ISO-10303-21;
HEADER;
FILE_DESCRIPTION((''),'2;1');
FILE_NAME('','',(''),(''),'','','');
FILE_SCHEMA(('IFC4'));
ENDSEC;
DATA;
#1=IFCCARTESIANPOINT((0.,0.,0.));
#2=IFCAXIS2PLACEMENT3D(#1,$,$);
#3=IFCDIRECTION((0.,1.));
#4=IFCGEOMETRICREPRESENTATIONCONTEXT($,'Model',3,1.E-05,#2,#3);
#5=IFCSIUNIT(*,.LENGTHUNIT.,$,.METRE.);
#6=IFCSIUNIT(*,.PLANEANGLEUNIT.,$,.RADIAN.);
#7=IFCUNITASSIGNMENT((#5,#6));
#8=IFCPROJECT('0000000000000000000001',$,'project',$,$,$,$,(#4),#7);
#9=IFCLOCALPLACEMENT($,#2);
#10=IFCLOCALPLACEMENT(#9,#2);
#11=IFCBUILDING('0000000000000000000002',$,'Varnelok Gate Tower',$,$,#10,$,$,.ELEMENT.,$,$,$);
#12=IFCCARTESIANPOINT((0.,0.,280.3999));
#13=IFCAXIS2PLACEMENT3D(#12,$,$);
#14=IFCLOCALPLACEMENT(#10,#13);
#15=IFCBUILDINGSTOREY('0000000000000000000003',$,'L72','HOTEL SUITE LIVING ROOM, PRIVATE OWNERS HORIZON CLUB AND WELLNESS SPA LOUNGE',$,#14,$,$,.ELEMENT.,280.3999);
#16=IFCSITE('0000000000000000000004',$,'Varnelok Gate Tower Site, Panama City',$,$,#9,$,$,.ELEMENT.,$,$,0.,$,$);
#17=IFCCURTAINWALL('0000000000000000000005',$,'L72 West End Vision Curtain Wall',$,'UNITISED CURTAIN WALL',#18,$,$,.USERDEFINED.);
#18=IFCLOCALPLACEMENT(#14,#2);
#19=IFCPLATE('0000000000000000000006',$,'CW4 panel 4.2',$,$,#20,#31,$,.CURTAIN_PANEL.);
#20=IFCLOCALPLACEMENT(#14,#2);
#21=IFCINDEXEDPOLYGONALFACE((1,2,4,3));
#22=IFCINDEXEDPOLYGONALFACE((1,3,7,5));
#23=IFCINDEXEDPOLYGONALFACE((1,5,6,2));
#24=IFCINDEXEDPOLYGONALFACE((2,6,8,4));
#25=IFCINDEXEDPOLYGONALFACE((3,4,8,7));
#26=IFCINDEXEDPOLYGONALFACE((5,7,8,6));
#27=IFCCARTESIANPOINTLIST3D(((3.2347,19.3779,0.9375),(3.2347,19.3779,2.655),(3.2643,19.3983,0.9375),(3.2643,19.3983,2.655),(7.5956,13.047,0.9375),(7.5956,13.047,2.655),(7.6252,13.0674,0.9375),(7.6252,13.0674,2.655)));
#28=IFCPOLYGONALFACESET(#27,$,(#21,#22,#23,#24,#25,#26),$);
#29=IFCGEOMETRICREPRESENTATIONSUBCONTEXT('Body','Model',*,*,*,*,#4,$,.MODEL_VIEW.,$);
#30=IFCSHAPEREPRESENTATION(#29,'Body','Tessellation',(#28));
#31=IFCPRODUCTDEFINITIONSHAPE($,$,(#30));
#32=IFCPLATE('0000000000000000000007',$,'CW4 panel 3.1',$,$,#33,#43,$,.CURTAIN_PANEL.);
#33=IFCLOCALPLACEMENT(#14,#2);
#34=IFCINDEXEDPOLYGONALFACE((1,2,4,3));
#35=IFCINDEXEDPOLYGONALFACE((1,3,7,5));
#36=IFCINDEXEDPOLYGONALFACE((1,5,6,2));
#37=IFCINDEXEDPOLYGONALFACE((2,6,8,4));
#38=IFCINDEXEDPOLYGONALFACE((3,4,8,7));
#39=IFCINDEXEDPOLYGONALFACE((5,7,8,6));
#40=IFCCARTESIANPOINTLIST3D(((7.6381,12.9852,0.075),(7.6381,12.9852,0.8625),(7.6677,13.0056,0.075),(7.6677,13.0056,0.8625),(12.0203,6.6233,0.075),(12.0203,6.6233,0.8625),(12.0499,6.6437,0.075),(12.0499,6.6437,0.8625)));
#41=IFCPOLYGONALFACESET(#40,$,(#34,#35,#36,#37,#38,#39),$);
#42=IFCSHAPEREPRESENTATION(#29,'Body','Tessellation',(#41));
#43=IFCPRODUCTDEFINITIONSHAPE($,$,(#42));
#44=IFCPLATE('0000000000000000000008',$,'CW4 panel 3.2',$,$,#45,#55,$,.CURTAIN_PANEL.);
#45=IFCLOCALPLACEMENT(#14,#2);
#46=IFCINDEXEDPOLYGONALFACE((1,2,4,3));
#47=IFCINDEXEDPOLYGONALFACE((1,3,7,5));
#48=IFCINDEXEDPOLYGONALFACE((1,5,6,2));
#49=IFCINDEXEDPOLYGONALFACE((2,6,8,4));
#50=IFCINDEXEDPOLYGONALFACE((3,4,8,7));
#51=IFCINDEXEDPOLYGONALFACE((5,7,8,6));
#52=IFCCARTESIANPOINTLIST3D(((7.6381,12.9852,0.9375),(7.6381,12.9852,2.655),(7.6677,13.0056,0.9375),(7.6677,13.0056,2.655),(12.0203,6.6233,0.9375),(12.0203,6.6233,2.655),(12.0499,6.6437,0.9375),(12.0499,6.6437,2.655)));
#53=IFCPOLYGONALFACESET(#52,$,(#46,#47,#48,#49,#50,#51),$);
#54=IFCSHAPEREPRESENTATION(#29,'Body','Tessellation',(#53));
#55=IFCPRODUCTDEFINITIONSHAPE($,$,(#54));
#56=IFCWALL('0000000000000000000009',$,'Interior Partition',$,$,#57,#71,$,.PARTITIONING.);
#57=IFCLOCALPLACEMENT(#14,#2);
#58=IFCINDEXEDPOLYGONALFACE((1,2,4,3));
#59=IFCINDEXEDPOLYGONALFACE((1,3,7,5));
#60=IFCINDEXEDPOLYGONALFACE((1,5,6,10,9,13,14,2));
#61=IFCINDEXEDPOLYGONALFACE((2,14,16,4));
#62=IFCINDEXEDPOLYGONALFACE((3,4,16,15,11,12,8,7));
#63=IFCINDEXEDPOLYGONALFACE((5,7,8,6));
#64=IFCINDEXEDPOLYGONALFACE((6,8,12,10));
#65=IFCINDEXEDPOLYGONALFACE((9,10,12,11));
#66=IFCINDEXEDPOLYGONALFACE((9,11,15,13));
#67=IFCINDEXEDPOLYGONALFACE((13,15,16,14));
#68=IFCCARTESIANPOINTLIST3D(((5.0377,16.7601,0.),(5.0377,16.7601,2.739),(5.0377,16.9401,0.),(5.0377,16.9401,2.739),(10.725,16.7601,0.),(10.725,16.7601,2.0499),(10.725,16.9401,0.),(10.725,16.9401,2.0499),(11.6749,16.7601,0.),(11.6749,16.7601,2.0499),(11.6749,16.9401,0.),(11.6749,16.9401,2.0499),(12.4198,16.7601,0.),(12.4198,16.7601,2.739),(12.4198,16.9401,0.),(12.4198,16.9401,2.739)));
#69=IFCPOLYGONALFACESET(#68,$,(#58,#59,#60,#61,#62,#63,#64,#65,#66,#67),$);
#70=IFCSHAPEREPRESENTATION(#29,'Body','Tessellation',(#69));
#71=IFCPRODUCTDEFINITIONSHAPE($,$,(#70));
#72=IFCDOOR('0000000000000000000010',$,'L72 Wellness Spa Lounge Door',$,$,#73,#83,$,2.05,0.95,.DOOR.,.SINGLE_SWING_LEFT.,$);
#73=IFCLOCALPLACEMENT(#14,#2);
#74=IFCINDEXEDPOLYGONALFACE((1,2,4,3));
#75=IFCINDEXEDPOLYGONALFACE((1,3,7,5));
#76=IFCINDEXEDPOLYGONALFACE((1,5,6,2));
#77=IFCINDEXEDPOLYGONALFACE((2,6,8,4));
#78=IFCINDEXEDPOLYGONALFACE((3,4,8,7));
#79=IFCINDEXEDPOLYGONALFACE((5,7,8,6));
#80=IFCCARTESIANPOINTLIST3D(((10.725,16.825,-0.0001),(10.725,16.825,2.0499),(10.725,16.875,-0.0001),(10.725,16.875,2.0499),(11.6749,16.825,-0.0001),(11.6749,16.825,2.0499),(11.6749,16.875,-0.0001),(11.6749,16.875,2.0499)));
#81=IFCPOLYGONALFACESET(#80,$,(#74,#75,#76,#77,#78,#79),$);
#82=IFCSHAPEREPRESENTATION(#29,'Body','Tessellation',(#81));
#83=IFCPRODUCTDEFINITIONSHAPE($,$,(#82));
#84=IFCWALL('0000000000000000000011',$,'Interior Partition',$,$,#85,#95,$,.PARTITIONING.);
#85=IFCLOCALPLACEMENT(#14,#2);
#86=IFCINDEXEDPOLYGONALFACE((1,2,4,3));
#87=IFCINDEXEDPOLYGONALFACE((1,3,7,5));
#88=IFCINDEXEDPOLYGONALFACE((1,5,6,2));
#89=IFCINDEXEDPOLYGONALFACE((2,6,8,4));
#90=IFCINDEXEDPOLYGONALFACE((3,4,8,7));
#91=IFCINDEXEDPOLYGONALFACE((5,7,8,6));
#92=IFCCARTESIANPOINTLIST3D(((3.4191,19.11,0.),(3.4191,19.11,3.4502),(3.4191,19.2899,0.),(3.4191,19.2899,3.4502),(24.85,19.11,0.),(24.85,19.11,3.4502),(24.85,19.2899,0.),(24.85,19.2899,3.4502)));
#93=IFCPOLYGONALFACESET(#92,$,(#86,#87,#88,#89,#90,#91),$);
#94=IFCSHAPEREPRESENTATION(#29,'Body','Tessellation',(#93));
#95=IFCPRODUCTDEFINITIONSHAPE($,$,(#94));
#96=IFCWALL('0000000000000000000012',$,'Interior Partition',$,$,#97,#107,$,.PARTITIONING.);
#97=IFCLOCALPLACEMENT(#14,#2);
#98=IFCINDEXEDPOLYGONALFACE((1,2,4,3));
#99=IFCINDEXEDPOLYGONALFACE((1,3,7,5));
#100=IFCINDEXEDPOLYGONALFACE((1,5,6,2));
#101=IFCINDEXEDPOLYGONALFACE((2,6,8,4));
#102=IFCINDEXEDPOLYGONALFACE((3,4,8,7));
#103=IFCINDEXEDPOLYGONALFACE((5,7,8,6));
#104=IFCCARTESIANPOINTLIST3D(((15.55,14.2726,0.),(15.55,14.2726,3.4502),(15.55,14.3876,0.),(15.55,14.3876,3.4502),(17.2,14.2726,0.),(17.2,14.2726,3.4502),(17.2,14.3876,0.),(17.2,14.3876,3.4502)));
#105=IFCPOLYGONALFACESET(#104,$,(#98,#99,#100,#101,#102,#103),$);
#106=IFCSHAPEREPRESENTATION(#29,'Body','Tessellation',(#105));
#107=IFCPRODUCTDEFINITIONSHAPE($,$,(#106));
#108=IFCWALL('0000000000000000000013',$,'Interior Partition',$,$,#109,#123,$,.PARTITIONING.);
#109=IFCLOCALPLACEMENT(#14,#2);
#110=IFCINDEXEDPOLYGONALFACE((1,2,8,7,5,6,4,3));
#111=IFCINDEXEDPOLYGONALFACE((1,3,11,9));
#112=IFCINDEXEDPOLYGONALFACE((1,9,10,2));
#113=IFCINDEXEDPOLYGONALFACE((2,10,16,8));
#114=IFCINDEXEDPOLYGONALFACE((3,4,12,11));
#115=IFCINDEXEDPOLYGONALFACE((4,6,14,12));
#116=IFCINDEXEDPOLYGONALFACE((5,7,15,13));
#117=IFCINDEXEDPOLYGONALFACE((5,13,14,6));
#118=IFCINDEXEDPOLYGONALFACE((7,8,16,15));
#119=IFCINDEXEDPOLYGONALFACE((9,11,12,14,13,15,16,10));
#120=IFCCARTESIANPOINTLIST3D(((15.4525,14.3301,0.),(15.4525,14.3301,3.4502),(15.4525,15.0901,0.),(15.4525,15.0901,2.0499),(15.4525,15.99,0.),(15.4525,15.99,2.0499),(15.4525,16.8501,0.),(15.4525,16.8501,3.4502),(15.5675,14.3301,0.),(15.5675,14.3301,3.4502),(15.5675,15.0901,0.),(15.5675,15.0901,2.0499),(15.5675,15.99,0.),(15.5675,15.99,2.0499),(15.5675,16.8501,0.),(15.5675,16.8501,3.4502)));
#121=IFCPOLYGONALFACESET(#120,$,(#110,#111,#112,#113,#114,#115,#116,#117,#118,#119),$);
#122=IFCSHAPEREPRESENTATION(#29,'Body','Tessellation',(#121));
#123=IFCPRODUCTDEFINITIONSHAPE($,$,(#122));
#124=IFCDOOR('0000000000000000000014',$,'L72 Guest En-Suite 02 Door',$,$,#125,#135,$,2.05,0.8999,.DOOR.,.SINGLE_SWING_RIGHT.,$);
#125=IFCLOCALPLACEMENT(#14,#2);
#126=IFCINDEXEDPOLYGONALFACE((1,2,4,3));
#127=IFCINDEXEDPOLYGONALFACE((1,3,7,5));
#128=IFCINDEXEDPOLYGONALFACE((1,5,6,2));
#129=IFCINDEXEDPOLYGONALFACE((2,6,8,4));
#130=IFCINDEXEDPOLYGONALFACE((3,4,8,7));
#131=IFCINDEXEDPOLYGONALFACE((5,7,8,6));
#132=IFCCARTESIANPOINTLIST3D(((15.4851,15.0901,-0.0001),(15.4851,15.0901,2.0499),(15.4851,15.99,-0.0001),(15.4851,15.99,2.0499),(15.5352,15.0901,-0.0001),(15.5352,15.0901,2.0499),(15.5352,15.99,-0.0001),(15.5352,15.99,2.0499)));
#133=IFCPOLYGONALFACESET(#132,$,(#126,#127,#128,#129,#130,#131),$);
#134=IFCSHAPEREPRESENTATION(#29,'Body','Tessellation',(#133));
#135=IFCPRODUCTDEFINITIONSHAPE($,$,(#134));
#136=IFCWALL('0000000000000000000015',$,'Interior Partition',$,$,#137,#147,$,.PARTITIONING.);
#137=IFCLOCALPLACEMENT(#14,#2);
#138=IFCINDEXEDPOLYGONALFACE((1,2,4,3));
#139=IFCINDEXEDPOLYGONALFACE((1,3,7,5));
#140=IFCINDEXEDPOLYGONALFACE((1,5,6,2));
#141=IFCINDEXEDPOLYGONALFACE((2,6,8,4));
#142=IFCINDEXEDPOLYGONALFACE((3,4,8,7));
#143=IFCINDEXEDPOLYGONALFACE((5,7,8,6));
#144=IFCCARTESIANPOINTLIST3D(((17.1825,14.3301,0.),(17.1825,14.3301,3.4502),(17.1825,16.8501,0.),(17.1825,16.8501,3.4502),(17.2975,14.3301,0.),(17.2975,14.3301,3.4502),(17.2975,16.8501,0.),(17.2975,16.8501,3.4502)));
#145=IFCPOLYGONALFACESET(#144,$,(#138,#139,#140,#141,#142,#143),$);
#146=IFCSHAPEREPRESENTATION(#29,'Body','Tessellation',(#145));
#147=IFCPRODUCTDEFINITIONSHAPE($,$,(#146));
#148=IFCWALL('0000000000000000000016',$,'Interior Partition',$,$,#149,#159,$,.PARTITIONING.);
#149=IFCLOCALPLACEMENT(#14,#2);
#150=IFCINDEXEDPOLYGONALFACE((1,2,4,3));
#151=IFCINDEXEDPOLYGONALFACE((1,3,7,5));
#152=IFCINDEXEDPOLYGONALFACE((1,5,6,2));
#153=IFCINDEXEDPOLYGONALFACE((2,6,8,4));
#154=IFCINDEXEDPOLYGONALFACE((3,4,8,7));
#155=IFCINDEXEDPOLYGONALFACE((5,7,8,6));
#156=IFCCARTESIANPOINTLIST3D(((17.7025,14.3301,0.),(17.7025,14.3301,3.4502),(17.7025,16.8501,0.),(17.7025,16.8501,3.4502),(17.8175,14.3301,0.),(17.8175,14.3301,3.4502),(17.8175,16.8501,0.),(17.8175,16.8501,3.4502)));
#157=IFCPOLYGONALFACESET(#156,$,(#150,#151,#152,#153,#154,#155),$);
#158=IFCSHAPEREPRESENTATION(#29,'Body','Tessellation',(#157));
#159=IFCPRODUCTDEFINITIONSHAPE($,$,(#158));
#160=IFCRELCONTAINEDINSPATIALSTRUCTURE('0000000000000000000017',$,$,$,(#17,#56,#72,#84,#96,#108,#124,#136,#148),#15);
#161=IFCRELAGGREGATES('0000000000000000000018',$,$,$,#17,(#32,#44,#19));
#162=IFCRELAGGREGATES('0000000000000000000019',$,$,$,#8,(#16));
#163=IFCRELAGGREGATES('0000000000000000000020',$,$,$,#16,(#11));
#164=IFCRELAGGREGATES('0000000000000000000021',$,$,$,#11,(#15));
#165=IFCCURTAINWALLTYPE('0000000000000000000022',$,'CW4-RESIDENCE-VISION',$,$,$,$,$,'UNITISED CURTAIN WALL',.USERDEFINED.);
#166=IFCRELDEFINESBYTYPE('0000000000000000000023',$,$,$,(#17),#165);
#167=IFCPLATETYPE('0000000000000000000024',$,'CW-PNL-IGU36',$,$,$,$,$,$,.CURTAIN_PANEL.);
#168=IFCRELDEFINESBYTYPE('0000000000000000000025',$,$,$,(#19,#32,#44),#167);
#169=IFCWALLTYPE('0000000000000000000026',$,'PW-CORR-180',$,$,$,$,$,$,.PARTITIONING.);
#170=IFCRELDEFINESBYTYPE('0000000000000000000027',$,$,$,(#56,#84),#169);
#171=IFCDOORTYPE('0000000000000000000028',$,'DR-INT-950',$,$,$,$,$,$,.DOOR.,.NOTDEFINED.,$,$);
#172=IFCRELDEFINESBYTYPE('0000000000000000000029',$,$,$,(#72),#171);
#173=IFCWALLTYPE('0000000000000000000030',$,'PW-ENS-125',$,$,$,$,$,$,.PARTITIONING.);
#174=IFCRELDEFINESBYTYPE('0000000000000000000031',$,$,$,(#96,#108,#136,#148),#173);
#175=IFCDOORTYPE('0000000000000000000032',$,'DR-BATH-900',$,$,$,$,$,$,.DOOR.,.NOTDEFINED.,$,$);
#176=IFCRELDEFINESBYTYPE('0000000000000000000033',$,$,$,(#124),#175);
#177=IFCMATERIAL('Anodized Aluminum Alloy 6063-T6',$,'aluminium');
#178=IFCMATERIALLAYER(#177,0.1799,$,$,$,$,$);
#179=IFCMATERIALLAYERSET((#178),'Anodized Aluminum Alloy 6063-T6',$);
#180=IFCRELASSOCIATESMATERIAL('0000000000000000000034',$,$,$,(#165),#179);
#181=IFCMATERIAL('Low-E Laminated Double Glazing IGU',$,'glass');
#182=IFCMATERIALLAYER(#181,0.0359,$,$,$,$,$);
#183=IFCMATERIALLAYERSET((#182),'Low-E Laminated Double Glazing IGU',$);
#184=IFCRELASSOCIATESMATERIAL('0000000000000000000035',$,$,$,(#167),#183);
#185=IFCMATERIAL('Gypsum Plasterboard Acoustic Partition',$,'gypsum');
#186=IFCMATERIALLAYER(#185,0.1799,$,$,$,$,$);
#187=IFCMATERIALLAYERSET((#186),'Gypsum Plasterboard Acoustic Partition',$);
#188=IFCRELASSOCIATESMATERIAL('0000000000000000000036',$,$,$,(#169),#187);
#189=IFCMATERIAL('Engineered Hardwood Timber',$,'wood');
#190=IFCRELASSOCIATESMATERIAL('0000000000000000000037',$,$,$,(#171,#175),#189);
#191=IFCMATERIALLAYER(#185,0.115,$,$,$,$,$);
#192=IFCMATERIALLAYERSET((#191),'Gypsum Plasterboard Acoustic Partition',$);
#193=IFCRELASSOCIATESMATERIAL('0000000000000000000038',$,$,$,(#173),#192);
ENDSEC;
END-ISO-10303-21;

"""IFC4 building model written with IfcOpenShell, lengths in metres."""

from ifc_helpers import new_model, si_unit, direction, frame, frame_2d, origin, origin_2d, place, context, subcontext, project, spatial, rectangle, extrude, source, transform, mapped, material, layer, layer_set, type_object, element, fill, aggregate, save


model = new_model("IFC4")

# Units and contexts
model_context = context("Model", 3, precision=1e-05, world=origin(), true_north=direction((0.0, 1.0)))
body_context = subcontext(model_context, "Body", "Model", "MODEL_VIEW")
ifc_project = project(units=[si_unit("LENGTHUNIT", "METRE"), si_unit("PLANEANGLEUNIT", "RADIAN")], contexts=[model_context])

# Site, building, storey
site_placement = place(None, origin())
site = spatial("IfcSite", under=ifc_project, at=site_placement, Name="Varnelok Gate Tower Site, Panama City", CompositionType="ELEMENT", RefElevation=0.0)
building_placement = place(site_placement, origin())
building = spatial("IfcBuilding", under=site, at=building_placement, Name="Varnelok Gate Tower", CompositionType="ELEMENT")
storey_placement = place(building_placement, frame((0.0, 0.0, 280.3999)))
storey = spatial("IfcBuildingStorey", under=building, at=storey_placement, Name="L72", Description="HOTEL SUITE LIVING ROOM, PRIVATE OWNERS HORIZON CLUB AND WELLNESS SPA LOUNGE", CompositionType="ELEMENT", Elevation=280.3999)

# Curtain wall, plates
ifc_material_1 = material(Name="Anodized Aluminum Alloy 6063-T6", Category="aluminium")
ifc_layer_1 = layer(ifc_material_1, 0.1799)
ifc_layer_set_1 = layer_set([ifc_layer_1], Name="Anodized Aluminum Alloy 6063-T6")
curtain_wall_type = type_object("IfcCurtainWallType", Name="CW4-RESIDENCE-VISION", ElementType="UNITISED CURTAIN WALL", PredefinedType="USERDEFINED", material=ifc_layer_set_1)
curtain_wall_placement = place(storey_placement, origin())
curtain_wall = element("IfcCurtainWall", 1, at=curtain_wall_placement, inside=storey, type_object=curtain_wall_type, Name="L72 West End Vision Curtain Wall", ObjectType="UNITISED CURTAIN WALL", PredefinedType="USERDEFINED")
ifc_material_2 = material(Name="Low-E Laminated Double Glazing IGU", Category="glass")
ifc_layer_2 = layer(ifc_material_2, 0.0359)
ifc_layer_set_2 = layer_set([ifc_layer_2], Name="Low-E Laminated Double Glazing IGU")
plate_type = type_object("IfcPlateType", Name="CW-PNL-IGU36", PredefinedType="CURTAIN_PANEL", material=ifc_layer_set_2)
shared_shape_1 = source(origin(), body_context, "Body", "SweptSolid", [
    extrude(rectangle(XDim=7.6875, YDim=0.0359, at=origin_2d()), origin(), (0.0, 0.0, 1.0), 1.7175),
])
plate_1_placement = place(storey_placement, frame((5.4299, 16.2227, 0.9375), z_axis=(0.0, 0.0, 1.0), x_axis=(-0.567269, 0.823532, 0.0)))
plate_1 = element("IfcPlate", 2, at=plate_1_placement, type_object=plate_type, Name="CW4 panel 4.2", PredefinedType="CURTAIN_PANEL", context=body_context, shape_type="MappedRepresentation", body=[
    mapped(shared_shape_1, transform((0.0, 0.0, 0.0), scale=1.0)),
])
shared_shape_2 = source(origin(), body_context, "Body", "SweptSolid", [
    extrude(rectangle(XDim=7.7251, YDim=0.0359, at=origin_2d()), origin(), (0.0, 0.0, 1.0), 0.7876),
])
plate_2_placement = place(storey_placement, frame((9.844, 9.8145, 0.075), z_axis=(0.0, 0.0, 1.0), x_axis=(-0.567269, 0.823532, 0.0)))
plate_2 = element("IfcPlate", 3, at=plate_2_placement, type_object=plate_type, Name="CW4 panel 3.1", PredefinedType="CURTAIN_PANEL", context=body_context, shape_type="MappedRepresentation", body=[
    mapped(shared_shape_2, transform((0.0, 0.0, 0.0), scale=1.0)),
])
shared_shape_3 = source(origin(), body_context, "Body", "SweptSolid", [
    extrude(rectangle(XDim=7.7251, YDim=0.0359, at=origin_2d()), origin(), (0.0, 0.0, 1.0), 1.7175),
])
plate_3_placement = place(storey_placement, frame((9.844, 9.8145, 0.9375), z_axis=(0.0, 0.0, 1.0), x_axis=(-0.567269, 0.823532, 0.0)))
plate_3 = element("IfcPlate", 4, at=plate_3_placement, type_object=plate_type, Name="CW4 panel 3.2", PredefinedType="CURTAIN_PANEL", context=body_context, shape_type="MappedRepresentation", body=[
    mapped(shared_shape_3, transform((0.0, 0.0, 0.0), scale=1.0)),
])
aggregate(curtain_wall, [plate_2, plate_3, plate_1])

# Wall, opening, door
ifc_material_3 = material(Name="Gypsum Plasterboard Acoustic Partition", Category="gypsum")
ifc_layer_3 = layer(ifc_material_3, 0.1799)
ifc_layer_set_3 = layer_set([ifc_layer_3], Name="Gypsum Plasterboard Acoustic Partition")
wall_type_1 = type_object("IfcWallType", Name="PW-CORR-180", PredefinedType="PARTITIONING", material=ifc_layer_set_3)
wall_1_placement = place(storey_placement, frame((5.0378, 16.8501, 0.0), z_axis=(0.0, 0.0, 1.0), x_axis=(1.0, 0.0, 0.0)))
wall_1 = element("IfcWall", 5, at=wall_1_placement, inside=storey, type_object=wall_type_1, Name="Interior Partition", PredefinedType="PARTITIONING", context=body_context, shape_type="SweptSolid", body=[
    extrude(rectangle(XDim=7.3821, YDim=0.1799, at=frame_2d((3.6909, 0.0))), origin(), (0.0, 0.0, 1.0), 2.739),
])
opening_1_placement = place(wall_1_placement, frame((5.687, 0.0, 0.0)))
opening_1 = element("IfcOpeningElement", 6, at=opening_1_placement, cuts=wall_1, PredefinedType="OPENING", context=body_context, shape_type="SweptSolid", body=[
    extrude(rectangle(XDim=0.95, YDim=2.05, at=frame_2d((0.4751, 1.0249))), frame((0.0, 0.0999, 0.0), z_axis=(0.0, -1.0, 0.0), x_axis=(1.0, 0.0, 0.0)), (0.0, 0.0, 1.0), 0.2),
])
ifc_material_4 = material(Name="Engineered Hardwood Timber", Category="wood")
door_type_1 = type_object("IfcDoorType", Name="DR-INT-950", OperationType="NOTDEFINED", PredefinedType="DOOR", material=ifc_material_4)
door_1_placement = place(opening_1_placement, origin())
door_1 = element("IfcDoor", 7, at=door_1_placement, inside=storey, type_object=door_type_1, Name="L72 Wellness Spa Lounge Door", OperationType="SINGLE_SWING_LEFT", OverallHeight=2.05, OverallWidth=0.95, PredefinedType="DOOR", context=body_context, shape_type="SweptSolid", body=[
    extrude(rectangle(XDim=0.95, YDim=2.05, at=frame_2d((0.4751, 1.0249))), frame((0.0, 0.0249, 0.0), z_axis=(0.0, -1.0, 0.0), x_axis=(1.0, 0.0, 0.0)), (0.0, 0.0, 1.0), 0.05),
])
fill(opening_1, door_1)

# Walls
wall_2_placement = place(storey_placement, frame((3.4192, 19.2, 0.0), z_axis=(0.0, 0.0, 1.0), x_axis=(1.0, 0.0, 0.0)))
element("IfcWall", 8, at=wall_2_placement, inside=storey, type_object=wall_type_1, Name="Interior Partition", PredefinedType="PARTITIONING", context=body_context, shape_type="SweptSolid", body=[
    extrude(rectangle(XDim=21.4309, YDim=0.1799, at=frame_2d((10.7153, 0.0))), origin(), (0.0, 0.0, 1.0), 3.4502),
])
ifc_layer_4 = layer(ifc_material_3, 0.115)
ifc_layer_set_4 = layer_set([ifc_layer_4], Name="Gypsum Plasterboard Acoustic Partition")
wall_type_2 = type_object("IfcWallType", Name="PW-ENS-125", PredefinedType="PARTITIONING", material=ifc_layer_set_4)
wall_3_placement = place(storey_placement, frame((15.55, 14.3301, 0.0), z_axis=(0.0, 0.0, 1.0), x_axis=(1.0, 0.0, 0.0)))
element("IfcWall", 9, at=wall_3_placement, inside=storey, type_object=wall_type_2, Name="Interior Partition", PredefinedType="PARTITIONING", context=body_context, shape_type="SweptSolid", body=[
    extrude(rectangle(XDim=1.6499, YDim=0.115, at=frame_2d((0.825, 0.0))), origin(), (0.0, 0.0, 1.0), 3.4502),
])

# Wall, opening, door
wall_4_placement = place(storey_placement, frame((15.51, 14.3301, 0.0), z_axis=(0.0, 0.0, 1.0), x_axis=(0.0, 1.0, 0.0)))
wall_4 = element("IfcWall", 10, at=wall_4_placement, inside=storey, type_object=wall_type_2, Name="Interior Partition", PredefinedType="PARTITIONING", context=body_context, shape_type="SweptSolid", body=[
    extrude(rectangle(XDim=2.52, YDim=0.115, at=frame_2d((1.26, 0.0))), origin(), (0.0, 0.0, 1.0), 3.4502),
])
opening_2_placement = place(wall_4_placement, frame((0.76, 0.0, 0.0)))
opening_2 = element("IfcOpeningElement", 11, at=opening_2_placement, cuts=wall_4, PredefinedType="OPENING", context=body_context, shape_type="SweptSolid", body=[
    extrude(rectangle(XDim=0.8999, YDim=2.05, at=frame_2d((0.45, 1.0249))), frame((0.0, 0.0674, 0.0), z_axis=(0.0, -1.0, 0.0), x_axis=(1.0, 0.0, 0.0)), (0.0, 0.0, 1.0), 0.135),
])
door_type_2 = type_object("IfcDoorType", Name="DR-BATH-900", OperationType="NOTDEFINED", PredefinedType="DOOR", material=ifc_material_4)
door_2_placement = place(opening_2_placement, origin())
door_2 = element("IfcDoor", 12, at=door_2_placement, inside=storey, type_object=door_type_2, Name="L72 Guest En-Suite 02 Door", OperationType="SINGLE_SWING_RIGHT", OverallHeight=2.05, OverallWidth=0.8999, PredefinedType="DOOR", context=body_context, shape_type="SweptSolid", body=[
    extrude(rectangle(XDim=0.8999, YDim=2.05, at=frame_2d((0.45, 1.0249))), frame((0.0, 0.0249, 0.0), z_axis=(0.0, -1.0, 0.0), x_axis=(1.0, 0.0, 0.0)), (0.0, 0.0, 1.0), 0.05),
])
fill(opening_2, door_2)

# Walls
for number, where, z_axis, x_axis, name in (
    (13, (17.24, 14.3301, 0.0), (0.0, 0.0, 1.0), (0.0, 1.0, 0.0), "Interior Partition"),
    (14, (17.76, 14.3301, 0.0), (0.0, 0.0, 1.0), (0.0, 1.0, 0.0), "Interior Partition"),
):
    element("IfcWall", number, at=place(storey_placement, frame(where, z_axis=z_axis, x_axis=x_axis)), inside=storey, type_object=wall_type_2, Name=name, PredefinedType="PARTITIONING", context=body_context, shape_type="SweptSolid", body=[
        extrude(rectangle(XDim=2.52, YDim=0.115, at=frame_2d((1.26, 0.0))), origin(), (0.0, 0.0, 1.0), 3.4502),
    ])

save(model, "model.ifc")
